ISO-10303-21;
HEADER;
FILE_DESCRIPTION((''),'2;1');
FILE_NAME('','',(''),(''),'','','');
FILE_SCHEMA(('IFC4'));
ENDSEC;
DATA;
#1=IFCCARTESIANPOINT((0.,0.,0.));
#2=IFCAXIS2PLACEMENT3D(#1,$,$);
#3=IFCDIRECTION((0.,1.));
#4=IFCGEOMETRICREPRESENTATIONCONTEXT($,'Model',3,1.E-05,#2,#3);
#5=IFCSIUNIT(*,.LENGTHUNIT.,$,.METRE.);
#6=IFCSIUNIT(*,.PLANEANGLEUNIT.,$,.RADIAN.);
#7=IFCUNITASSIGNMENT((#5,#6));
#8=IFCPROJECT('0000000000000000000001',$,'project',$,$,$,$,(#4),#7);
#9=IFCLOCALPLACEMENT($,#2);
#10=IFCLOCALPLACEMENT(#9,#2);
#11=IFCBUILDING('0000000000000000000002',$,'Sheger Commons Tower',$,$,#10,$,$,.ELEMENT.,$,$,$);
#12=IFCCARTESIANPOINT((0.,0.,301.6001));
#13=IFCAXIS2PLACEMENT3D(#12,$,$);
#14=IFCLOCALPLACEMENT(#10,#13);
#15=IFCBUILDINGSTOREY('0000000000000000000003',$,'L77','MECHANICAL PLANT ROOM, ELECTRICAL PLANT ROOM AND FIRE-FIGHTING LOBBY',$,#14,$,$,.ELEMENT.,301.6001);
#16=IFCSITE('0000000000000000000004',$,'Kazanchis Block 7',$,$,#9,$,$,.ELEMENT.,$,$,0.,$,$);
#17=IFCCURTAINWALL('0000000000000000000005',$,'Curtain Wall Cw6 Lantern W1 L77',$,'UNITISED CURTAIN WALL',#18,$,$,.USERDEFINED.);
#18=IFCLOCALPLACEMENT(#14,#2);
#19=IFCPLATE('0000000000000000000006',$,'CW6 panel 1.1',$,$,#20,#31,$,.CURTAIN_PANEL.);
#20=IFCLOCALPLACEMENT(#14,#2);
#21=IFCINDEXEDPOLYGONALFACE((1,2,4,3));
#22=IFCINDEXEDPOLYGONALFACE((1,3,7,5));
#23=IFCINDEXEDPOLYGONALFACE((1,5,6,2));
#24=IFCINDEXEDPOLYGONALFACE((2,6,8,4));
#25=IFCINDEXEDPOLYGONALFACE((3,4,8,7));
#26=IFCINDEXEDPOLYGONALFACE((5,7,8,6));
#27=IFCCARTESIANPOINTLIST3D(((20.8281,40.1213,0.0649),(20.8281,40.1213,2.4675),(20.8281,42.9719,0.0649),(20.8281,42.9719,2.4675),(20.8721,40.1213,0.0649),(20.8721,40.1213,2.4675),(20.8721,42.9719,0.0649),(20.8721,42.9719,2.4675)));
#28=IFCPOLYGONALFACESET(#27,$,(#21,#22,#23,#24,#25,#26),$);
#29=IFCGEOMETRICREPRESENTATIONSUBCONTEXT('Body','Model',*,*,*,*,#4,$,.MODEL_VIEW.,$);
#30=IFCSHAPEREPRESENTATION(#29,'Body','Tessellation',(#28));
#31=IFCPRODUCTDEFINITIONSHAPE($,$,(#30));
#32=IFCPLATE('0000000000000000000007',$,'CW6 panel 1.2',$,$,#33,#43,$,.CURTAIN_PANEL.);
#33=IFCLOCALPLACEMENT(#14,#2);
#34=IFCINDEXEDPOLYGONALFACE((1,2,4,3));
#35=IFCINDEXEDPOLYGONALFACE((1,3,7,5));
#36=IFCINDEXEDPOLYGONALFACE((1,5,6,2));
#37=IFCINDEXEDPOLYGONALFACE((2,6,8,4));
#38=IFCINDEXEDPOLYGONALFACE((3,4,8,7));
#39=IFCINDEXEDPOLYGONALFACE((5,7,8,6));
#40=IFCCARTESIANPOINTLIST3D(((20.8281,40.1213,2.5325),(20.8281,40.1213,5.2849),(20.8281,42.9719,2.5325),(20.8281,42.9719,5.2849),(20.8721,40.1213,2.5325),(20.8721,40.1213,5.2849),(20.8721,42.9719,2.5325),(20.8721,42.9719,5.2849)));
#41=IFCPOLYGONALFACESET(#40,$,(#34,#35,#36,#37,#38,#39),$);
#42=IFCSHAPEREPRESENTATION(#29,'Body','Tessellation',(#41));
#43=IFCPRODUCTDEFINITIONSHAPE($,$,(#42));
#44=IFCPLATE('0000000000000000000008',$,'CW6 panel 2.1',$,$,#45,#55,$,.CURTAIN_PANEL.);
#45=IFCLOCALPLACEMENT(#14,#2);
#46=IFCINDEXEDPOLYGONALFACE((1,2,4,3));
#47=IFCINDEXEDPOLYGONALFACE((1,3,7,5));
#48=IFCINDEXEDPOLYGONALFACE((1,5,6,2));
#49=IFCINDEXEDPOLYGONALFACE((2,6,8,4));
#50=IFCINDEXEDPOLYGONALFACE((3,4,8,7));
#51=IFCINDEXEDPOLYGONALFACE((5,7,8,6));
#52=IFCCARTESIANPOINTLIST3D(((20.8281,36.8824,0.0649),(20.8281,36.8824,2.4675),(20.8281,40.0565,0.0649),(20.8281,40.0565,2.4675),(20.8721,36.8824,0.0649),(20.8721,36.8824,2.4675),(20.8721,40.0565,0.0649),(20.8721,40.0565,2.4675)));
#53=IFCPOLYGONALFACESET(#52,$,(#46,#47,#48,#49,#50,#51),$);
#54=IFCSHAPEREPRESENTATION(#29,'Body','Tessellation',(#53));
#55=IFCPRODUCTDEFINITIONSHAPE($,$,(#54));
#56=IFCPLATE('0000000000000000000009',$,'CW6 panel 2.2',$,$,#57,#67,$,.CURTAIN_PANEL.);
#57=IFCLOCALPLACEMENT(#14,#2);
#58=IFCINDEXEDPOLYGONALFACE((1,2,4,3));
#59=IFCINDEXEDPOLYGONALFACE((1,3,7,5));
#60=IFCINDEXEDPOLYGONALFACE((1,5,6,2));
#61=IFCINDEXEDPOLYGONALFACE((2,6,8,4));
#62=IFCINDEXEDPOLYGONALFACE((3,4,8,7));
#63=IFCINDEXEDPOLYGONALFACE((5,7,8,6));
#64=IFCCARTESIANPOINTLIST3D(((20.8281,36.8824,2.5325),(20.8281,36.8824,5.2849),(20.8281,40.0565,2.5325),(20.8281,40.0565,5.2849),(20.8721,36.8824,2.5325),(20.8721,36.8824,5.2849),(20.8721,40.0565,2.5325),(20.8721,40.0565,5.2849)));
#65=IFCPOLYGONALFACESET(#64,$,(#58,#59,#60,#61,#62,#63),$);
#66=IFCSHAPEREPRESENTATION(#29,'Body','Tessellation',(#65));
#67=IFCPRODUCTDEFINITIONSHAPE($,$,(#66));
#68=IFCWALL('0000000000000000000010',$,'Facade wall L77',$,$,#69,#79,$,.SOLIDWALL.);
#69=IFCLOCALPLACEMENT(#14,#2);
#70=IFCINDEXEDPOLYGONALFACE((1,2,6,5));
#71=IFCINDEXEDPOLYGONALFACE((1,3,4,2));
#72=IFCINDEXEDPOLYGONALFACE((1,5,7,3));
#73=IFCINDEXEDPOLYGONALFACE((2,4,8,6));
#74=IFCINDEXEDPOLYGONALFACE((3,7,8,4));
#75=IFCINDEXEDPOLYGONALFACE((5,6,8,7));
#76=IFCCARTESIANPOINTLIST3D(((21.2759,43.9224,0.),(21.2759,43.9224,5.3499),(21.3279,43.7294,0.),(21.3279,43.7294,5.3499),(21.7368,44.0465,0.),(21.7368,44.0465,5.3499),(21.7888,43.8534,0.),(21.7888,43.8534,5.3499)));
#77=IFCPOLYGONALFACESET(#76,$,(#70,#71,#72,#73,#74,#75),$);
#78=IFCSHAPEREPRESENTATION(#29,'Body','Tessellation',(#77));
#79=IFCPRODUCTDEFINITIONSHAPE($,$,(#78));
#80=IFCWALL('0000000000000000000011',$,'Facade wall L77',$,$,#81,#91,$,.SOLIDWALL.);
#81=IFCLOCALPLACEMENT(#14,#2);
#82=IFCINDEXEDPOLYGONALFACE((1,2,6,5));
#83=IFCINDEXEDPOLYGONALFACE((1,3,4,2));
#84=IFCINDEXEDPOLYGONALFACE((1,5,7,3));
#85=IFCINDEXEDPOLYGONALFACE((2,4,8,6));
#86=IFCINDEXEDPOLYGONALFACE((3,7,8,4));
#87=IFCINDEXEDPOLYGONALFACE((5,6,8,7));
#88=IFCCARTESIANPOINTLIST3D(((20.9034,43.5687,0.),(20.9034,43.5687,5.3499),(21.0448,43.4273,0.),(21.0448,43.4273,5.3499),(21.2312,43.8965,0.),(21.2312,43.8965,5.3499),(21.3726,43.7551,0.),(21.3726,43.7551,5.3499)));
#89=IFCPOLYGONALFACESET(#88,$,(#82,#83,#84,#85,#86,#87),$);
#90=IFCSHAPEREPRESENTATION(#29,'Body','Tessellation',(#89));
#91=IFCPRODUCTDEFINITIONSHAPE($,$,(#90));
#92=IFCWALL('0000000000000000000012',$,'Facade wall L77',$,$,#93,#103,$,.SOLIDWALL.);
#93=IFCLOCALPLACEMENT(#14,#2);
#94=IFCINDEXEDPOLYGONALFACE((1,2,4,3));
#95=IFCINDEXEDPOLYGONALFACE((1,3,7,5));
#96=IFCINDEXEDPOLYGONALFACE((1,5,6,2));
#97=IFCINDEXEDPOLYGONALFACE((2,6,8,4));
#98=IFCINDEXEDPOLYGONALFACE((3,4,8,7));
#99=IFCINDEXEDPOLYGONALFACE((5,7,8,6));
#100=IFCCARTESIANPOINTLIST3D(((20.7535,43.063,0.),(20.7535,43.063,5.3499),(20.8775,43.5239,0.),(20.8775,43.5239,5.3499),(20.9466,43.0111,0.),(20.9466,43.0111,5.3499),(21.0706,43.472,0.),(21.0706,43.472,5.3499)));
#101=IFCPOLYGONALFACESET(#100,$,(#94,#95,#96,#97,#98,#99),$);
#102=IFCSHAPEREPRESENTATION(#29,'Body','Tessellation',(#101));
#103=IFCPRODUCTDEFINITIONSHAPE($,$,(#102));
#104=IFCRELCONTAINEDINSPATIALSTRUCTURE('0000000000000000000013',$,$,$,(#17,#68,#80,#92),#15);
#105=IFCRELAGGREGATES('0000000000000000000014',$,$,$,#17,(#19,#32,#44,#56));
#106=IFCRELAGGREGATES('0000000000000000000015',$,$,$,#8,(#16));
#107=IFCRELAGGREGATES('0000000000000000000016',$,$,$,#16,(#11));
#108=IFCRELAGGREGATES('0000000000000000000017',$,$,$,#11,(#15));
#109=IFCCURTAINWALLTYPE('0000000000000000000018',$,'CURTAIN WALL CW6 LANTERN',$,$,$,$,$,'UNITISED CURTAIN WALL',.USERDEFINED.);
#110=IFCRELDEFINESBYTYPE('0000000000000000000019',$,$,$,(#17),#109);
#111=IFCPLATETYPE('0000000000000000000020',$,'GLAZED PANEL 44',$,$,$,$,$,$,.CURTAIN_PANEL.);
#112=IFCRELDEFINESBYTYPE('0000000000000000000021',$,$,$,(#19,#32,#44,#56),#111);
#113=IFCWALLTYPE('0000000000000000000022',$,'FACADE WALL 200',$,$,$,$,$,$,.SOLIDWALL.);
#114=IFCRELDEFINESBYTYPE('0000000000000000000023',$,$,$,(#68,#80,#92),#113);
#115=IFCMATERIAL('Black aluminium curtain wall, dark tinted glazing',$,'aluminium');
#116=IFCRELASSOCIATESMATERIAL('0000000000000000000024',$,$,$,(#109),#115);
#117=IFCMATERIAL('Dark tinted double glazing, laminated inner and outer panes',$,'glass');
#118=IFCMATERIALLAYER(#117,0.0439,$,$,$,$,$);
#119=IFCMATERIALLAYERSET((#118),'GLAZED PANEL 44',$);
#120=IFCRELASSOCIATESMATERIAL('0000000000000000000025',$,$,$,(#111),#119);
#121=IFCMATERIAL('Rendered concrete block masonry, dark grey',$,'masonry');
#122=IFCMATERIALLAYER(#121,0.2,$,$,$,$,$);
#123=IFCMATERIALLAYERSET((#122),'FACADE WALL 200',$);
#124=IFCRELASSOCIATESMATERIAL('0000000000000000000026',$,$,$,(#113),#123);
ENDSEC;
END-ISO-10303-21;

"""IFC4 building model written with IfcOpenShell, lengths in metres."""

from ifc_helpers import new_model, si_unit, direction, frame, frame_2d, origin, origin_2d, place, context, subcontext, project, spatial, rectangle, extrude, material, layer, layer_set, type_object, element, aggregate, save


model = new_model("IFC4")

# Units and contexts
model_context = context("Model", 3, precision=1e-05, world=origin(), true_north=direction((0.0, 1.0)))
body_context = subcontext(model_context, "Body", "Model", "MODEL_VIEW")
ifc_project = project(units=[si_unit("LENGTHUNIT", "METRE"), si_unit("PLANEANGLEUNIT", "RADIAN")], contexts=[model_context])

# Site, building, storey
site_placement = place(None, origin())
site = spatial("IfcSite", under=ifc_project, at=site_placement, Name="Kazanchis Block 7", CompositionType="ELEMENT", RefElevation=0.0)
building_placement = place(site_placement, origin())
building = spatial("IfcBuilding", under=site, at=building_placement, Name="Sheger Commons Tower", CompositionType="ELEMENT")
storey_placement = place(building_placement, frame((0.0, 0.0, 301.6001)))
storey = spatial("IfcBuildingStorey", under=building, at=storey_placement, Name="L77", Description="MECHANICAL PLANT ROOM, ELECTRICAL PLANT ROOM AND FIRE-FIGHTING LOBBY", CompositionType="ELEMENT", Elevation=301.6001)

# Shared definitions
ifc_material_1 = material(Name="Black aluminium curtain wall, dark tinted glazing", Category="aluminium")
curtain_wall_type = type_object("IfcCurtainWallType", Name="CURTAIN WALL CW6 LANTERN", ElementType="UNITISED CURTAIN WALL", PredefinedType="USERDEFINED", material=ifc_material_1)

# Curtain wall
curtain_wall_1_placement = place(storey_placement, origin())
curtain_wall_1 = element("IfcCurtainWall", 1, at=curtain_wall_1_placement, inside=storey, type_object=curtain_wall_type, Name="Curtain Wall Cw6 Lantern W1 L77", ObjectType="UNITISED CURTAIN WALL", PredefinedType="USERDEFINED")

# Plates
ifc_material_2 = material(Name="Dark tinted double glazing, laminated inner and outer panes", Category="glass")
ifc_layer_1 = layer(ifc_material_2, 0.0439)
ifc_layer_set_1 = layer_set([ifc_layer_1], Name="GLAZED PANEL 44")
plate_type = type_object("IfcPlateType", Name="GLAZED PANEL 44", PredefinedType="CURTAIN_PANEL", material=ifc_layer_set_1)
plate_1_placement = place(storey_placement, frame((20.8501, 41.5466, 0.0649), z_axis=(0.0, 0.0, 1.0), x_axis=(0.0, -1.0, 0.0)))
plate_1 = element("IfcPlate", 2, at=plate_1_placement, type_object=plate_type, Name="CW6 panel 1.1", PredefinedType="CURTAIN_PANEL", context=body_context, shape_type="SweptSolid", body=[
    extrude(rectangle(XDim=2.8506, YDim=0.0439, at=origin_2d()), origin(), (0.0, 0.0, 1.0), 2.4026),
])
plate_2_placement = place(storey_placement, frame((20.8501, 41.5466, 2.5325), z_axis=(0.0, 0.0, 1.0), x_axis=(0.0, -1.0, 0.0)))
plate_2 = element("IfcPlate", 3, at=plate_2_placement, type_object=plate_type, Name="CW6 panel 1.2", PredefinedType="CURTAIN_PANEL", context=body_context, shape_type="SweptSolid", body=[
    extrude(rectangle(XDim=2.8506, YDim=0.0439, at=origin_2d()), origin(), (0.0, 0.0, 1.0), 2.7524),
])
plate_3_placement = place(storey_placement, frame((20.8501, 38.4695, 0.0649), z_axis=(0.0, 0.0, 1.0), x_axis=(0.0, -1.0, 0.0)))
plate_3 = element("IfcPlate", 4, at=plate_3_placement, type_object=plate_type, Name="CW6 panel 2.1", PredefinedType="CURTAIN_PANEL", context=body_context, shape_type="SweptSolid", body=[
    extrude(rectangle(XDim=3.1741, YDim=0.0439, at=origin_2d()), origin(), (0.0, 0.0, 1.0), 2.4026),
])
plate_4_placement = place(storey_placement, frame((20.8501, 38.4695, 2.5325), z_axis=(0.0, 0.0, 1.0), x_axis=(0.0, -1.0, 0.0)))
plate_4 = element("IfcPlate", 5, at=plate_4_placement, type_object=plate_type, Name="CW6 panel 2.2", PredefinedType="CURTAIN_PANEL", context=body_context, shape_type="SweptSolid", body=[
    extrude(rectangle(XDim=3.1741, YDim=0.0439, at=origin_2d()), origin(), (0.0, 0.0, 1.0), 2.7524),
])
aggregate(curtain_wall_1, [plate_1, plate_2, plate_3, plate_4])

# Walls
ifc_material_3 = material(Name="Rendered concrete block masonry, dark grey", Category="masonry")
ifc_layer_2 = layer(ifc_material_3, 0.2)
ifc_layer_set_2 = layer_set([ifc_layer_2], Name="FACADE WALL 200")
wall_type = type_object("IfcWallType", Name="FACADE WALL 200", PredefinedType="SOLIDWALL", material=ifc_layer_set_2)
wall_1_placement = place(storey_placement, frame((21.7629, 43.95, 0.0), z_axis=(0.0, 0.0, 1.0), x_axis=(-0.965655, -0.259827, 0.0)))
element("IfcWall", 6, at=wall_1_placement, inside=storey, type_object=wall_type, Name="Facade wall L77", PredefinedType="SOLIDWALL", context=body_context, shape_type="SweptSolid", body=[
    extrude(rectangle(XDim=0.4773, YDim=0.2, at=frame_2d((0.2388, 0.0))), origin(), (0.0, 0.0, 1.0), 5.3499),
])
wall_2_placement = place(storey_placement, frame((21.302, 43.8259, 0.0), z_axis=(0.0, 0.0, 1.0), x_axis=(-0.707107, -0.707107, 0.0)))
element("IfcWall", 7, at=wall_2_placement, inside=storey, type_object=wall_type, Name="Facade wall L77", PredefinedType="SOLIDWALL", context=body_context, shape_type="SweptSolid", body=[
    extrude(rectangle(XDim=0.4636, YDim=0.2, at=frame_2d((0.2319, 0.0))), origin(), (0.0, 0.0, 1.0), 5.3499),
])
wall_3_placement = place(storey_placement, frame((20.9741, 43.498, 0.0), z_axis=(0.0, 0.0, 1.0), x_axis=(-0.259827, -0.965655, 0.0)))
element("IfcWall", 8, at=wall_3_placement, inside=storey, type_object=wall_type, Name="Facade wall L77", PredefinedType="SOLIDWALL", context=body_context, shape_type="SweptSolid", body=[
    extrude(rectangle(XDim=0.4773, YDim=0.2, at=frame_2d((0.2388, 0.0))), origin(), (0.0, 0.0, 1.0), 5.3499),
])

save(model, "model.ifc")
